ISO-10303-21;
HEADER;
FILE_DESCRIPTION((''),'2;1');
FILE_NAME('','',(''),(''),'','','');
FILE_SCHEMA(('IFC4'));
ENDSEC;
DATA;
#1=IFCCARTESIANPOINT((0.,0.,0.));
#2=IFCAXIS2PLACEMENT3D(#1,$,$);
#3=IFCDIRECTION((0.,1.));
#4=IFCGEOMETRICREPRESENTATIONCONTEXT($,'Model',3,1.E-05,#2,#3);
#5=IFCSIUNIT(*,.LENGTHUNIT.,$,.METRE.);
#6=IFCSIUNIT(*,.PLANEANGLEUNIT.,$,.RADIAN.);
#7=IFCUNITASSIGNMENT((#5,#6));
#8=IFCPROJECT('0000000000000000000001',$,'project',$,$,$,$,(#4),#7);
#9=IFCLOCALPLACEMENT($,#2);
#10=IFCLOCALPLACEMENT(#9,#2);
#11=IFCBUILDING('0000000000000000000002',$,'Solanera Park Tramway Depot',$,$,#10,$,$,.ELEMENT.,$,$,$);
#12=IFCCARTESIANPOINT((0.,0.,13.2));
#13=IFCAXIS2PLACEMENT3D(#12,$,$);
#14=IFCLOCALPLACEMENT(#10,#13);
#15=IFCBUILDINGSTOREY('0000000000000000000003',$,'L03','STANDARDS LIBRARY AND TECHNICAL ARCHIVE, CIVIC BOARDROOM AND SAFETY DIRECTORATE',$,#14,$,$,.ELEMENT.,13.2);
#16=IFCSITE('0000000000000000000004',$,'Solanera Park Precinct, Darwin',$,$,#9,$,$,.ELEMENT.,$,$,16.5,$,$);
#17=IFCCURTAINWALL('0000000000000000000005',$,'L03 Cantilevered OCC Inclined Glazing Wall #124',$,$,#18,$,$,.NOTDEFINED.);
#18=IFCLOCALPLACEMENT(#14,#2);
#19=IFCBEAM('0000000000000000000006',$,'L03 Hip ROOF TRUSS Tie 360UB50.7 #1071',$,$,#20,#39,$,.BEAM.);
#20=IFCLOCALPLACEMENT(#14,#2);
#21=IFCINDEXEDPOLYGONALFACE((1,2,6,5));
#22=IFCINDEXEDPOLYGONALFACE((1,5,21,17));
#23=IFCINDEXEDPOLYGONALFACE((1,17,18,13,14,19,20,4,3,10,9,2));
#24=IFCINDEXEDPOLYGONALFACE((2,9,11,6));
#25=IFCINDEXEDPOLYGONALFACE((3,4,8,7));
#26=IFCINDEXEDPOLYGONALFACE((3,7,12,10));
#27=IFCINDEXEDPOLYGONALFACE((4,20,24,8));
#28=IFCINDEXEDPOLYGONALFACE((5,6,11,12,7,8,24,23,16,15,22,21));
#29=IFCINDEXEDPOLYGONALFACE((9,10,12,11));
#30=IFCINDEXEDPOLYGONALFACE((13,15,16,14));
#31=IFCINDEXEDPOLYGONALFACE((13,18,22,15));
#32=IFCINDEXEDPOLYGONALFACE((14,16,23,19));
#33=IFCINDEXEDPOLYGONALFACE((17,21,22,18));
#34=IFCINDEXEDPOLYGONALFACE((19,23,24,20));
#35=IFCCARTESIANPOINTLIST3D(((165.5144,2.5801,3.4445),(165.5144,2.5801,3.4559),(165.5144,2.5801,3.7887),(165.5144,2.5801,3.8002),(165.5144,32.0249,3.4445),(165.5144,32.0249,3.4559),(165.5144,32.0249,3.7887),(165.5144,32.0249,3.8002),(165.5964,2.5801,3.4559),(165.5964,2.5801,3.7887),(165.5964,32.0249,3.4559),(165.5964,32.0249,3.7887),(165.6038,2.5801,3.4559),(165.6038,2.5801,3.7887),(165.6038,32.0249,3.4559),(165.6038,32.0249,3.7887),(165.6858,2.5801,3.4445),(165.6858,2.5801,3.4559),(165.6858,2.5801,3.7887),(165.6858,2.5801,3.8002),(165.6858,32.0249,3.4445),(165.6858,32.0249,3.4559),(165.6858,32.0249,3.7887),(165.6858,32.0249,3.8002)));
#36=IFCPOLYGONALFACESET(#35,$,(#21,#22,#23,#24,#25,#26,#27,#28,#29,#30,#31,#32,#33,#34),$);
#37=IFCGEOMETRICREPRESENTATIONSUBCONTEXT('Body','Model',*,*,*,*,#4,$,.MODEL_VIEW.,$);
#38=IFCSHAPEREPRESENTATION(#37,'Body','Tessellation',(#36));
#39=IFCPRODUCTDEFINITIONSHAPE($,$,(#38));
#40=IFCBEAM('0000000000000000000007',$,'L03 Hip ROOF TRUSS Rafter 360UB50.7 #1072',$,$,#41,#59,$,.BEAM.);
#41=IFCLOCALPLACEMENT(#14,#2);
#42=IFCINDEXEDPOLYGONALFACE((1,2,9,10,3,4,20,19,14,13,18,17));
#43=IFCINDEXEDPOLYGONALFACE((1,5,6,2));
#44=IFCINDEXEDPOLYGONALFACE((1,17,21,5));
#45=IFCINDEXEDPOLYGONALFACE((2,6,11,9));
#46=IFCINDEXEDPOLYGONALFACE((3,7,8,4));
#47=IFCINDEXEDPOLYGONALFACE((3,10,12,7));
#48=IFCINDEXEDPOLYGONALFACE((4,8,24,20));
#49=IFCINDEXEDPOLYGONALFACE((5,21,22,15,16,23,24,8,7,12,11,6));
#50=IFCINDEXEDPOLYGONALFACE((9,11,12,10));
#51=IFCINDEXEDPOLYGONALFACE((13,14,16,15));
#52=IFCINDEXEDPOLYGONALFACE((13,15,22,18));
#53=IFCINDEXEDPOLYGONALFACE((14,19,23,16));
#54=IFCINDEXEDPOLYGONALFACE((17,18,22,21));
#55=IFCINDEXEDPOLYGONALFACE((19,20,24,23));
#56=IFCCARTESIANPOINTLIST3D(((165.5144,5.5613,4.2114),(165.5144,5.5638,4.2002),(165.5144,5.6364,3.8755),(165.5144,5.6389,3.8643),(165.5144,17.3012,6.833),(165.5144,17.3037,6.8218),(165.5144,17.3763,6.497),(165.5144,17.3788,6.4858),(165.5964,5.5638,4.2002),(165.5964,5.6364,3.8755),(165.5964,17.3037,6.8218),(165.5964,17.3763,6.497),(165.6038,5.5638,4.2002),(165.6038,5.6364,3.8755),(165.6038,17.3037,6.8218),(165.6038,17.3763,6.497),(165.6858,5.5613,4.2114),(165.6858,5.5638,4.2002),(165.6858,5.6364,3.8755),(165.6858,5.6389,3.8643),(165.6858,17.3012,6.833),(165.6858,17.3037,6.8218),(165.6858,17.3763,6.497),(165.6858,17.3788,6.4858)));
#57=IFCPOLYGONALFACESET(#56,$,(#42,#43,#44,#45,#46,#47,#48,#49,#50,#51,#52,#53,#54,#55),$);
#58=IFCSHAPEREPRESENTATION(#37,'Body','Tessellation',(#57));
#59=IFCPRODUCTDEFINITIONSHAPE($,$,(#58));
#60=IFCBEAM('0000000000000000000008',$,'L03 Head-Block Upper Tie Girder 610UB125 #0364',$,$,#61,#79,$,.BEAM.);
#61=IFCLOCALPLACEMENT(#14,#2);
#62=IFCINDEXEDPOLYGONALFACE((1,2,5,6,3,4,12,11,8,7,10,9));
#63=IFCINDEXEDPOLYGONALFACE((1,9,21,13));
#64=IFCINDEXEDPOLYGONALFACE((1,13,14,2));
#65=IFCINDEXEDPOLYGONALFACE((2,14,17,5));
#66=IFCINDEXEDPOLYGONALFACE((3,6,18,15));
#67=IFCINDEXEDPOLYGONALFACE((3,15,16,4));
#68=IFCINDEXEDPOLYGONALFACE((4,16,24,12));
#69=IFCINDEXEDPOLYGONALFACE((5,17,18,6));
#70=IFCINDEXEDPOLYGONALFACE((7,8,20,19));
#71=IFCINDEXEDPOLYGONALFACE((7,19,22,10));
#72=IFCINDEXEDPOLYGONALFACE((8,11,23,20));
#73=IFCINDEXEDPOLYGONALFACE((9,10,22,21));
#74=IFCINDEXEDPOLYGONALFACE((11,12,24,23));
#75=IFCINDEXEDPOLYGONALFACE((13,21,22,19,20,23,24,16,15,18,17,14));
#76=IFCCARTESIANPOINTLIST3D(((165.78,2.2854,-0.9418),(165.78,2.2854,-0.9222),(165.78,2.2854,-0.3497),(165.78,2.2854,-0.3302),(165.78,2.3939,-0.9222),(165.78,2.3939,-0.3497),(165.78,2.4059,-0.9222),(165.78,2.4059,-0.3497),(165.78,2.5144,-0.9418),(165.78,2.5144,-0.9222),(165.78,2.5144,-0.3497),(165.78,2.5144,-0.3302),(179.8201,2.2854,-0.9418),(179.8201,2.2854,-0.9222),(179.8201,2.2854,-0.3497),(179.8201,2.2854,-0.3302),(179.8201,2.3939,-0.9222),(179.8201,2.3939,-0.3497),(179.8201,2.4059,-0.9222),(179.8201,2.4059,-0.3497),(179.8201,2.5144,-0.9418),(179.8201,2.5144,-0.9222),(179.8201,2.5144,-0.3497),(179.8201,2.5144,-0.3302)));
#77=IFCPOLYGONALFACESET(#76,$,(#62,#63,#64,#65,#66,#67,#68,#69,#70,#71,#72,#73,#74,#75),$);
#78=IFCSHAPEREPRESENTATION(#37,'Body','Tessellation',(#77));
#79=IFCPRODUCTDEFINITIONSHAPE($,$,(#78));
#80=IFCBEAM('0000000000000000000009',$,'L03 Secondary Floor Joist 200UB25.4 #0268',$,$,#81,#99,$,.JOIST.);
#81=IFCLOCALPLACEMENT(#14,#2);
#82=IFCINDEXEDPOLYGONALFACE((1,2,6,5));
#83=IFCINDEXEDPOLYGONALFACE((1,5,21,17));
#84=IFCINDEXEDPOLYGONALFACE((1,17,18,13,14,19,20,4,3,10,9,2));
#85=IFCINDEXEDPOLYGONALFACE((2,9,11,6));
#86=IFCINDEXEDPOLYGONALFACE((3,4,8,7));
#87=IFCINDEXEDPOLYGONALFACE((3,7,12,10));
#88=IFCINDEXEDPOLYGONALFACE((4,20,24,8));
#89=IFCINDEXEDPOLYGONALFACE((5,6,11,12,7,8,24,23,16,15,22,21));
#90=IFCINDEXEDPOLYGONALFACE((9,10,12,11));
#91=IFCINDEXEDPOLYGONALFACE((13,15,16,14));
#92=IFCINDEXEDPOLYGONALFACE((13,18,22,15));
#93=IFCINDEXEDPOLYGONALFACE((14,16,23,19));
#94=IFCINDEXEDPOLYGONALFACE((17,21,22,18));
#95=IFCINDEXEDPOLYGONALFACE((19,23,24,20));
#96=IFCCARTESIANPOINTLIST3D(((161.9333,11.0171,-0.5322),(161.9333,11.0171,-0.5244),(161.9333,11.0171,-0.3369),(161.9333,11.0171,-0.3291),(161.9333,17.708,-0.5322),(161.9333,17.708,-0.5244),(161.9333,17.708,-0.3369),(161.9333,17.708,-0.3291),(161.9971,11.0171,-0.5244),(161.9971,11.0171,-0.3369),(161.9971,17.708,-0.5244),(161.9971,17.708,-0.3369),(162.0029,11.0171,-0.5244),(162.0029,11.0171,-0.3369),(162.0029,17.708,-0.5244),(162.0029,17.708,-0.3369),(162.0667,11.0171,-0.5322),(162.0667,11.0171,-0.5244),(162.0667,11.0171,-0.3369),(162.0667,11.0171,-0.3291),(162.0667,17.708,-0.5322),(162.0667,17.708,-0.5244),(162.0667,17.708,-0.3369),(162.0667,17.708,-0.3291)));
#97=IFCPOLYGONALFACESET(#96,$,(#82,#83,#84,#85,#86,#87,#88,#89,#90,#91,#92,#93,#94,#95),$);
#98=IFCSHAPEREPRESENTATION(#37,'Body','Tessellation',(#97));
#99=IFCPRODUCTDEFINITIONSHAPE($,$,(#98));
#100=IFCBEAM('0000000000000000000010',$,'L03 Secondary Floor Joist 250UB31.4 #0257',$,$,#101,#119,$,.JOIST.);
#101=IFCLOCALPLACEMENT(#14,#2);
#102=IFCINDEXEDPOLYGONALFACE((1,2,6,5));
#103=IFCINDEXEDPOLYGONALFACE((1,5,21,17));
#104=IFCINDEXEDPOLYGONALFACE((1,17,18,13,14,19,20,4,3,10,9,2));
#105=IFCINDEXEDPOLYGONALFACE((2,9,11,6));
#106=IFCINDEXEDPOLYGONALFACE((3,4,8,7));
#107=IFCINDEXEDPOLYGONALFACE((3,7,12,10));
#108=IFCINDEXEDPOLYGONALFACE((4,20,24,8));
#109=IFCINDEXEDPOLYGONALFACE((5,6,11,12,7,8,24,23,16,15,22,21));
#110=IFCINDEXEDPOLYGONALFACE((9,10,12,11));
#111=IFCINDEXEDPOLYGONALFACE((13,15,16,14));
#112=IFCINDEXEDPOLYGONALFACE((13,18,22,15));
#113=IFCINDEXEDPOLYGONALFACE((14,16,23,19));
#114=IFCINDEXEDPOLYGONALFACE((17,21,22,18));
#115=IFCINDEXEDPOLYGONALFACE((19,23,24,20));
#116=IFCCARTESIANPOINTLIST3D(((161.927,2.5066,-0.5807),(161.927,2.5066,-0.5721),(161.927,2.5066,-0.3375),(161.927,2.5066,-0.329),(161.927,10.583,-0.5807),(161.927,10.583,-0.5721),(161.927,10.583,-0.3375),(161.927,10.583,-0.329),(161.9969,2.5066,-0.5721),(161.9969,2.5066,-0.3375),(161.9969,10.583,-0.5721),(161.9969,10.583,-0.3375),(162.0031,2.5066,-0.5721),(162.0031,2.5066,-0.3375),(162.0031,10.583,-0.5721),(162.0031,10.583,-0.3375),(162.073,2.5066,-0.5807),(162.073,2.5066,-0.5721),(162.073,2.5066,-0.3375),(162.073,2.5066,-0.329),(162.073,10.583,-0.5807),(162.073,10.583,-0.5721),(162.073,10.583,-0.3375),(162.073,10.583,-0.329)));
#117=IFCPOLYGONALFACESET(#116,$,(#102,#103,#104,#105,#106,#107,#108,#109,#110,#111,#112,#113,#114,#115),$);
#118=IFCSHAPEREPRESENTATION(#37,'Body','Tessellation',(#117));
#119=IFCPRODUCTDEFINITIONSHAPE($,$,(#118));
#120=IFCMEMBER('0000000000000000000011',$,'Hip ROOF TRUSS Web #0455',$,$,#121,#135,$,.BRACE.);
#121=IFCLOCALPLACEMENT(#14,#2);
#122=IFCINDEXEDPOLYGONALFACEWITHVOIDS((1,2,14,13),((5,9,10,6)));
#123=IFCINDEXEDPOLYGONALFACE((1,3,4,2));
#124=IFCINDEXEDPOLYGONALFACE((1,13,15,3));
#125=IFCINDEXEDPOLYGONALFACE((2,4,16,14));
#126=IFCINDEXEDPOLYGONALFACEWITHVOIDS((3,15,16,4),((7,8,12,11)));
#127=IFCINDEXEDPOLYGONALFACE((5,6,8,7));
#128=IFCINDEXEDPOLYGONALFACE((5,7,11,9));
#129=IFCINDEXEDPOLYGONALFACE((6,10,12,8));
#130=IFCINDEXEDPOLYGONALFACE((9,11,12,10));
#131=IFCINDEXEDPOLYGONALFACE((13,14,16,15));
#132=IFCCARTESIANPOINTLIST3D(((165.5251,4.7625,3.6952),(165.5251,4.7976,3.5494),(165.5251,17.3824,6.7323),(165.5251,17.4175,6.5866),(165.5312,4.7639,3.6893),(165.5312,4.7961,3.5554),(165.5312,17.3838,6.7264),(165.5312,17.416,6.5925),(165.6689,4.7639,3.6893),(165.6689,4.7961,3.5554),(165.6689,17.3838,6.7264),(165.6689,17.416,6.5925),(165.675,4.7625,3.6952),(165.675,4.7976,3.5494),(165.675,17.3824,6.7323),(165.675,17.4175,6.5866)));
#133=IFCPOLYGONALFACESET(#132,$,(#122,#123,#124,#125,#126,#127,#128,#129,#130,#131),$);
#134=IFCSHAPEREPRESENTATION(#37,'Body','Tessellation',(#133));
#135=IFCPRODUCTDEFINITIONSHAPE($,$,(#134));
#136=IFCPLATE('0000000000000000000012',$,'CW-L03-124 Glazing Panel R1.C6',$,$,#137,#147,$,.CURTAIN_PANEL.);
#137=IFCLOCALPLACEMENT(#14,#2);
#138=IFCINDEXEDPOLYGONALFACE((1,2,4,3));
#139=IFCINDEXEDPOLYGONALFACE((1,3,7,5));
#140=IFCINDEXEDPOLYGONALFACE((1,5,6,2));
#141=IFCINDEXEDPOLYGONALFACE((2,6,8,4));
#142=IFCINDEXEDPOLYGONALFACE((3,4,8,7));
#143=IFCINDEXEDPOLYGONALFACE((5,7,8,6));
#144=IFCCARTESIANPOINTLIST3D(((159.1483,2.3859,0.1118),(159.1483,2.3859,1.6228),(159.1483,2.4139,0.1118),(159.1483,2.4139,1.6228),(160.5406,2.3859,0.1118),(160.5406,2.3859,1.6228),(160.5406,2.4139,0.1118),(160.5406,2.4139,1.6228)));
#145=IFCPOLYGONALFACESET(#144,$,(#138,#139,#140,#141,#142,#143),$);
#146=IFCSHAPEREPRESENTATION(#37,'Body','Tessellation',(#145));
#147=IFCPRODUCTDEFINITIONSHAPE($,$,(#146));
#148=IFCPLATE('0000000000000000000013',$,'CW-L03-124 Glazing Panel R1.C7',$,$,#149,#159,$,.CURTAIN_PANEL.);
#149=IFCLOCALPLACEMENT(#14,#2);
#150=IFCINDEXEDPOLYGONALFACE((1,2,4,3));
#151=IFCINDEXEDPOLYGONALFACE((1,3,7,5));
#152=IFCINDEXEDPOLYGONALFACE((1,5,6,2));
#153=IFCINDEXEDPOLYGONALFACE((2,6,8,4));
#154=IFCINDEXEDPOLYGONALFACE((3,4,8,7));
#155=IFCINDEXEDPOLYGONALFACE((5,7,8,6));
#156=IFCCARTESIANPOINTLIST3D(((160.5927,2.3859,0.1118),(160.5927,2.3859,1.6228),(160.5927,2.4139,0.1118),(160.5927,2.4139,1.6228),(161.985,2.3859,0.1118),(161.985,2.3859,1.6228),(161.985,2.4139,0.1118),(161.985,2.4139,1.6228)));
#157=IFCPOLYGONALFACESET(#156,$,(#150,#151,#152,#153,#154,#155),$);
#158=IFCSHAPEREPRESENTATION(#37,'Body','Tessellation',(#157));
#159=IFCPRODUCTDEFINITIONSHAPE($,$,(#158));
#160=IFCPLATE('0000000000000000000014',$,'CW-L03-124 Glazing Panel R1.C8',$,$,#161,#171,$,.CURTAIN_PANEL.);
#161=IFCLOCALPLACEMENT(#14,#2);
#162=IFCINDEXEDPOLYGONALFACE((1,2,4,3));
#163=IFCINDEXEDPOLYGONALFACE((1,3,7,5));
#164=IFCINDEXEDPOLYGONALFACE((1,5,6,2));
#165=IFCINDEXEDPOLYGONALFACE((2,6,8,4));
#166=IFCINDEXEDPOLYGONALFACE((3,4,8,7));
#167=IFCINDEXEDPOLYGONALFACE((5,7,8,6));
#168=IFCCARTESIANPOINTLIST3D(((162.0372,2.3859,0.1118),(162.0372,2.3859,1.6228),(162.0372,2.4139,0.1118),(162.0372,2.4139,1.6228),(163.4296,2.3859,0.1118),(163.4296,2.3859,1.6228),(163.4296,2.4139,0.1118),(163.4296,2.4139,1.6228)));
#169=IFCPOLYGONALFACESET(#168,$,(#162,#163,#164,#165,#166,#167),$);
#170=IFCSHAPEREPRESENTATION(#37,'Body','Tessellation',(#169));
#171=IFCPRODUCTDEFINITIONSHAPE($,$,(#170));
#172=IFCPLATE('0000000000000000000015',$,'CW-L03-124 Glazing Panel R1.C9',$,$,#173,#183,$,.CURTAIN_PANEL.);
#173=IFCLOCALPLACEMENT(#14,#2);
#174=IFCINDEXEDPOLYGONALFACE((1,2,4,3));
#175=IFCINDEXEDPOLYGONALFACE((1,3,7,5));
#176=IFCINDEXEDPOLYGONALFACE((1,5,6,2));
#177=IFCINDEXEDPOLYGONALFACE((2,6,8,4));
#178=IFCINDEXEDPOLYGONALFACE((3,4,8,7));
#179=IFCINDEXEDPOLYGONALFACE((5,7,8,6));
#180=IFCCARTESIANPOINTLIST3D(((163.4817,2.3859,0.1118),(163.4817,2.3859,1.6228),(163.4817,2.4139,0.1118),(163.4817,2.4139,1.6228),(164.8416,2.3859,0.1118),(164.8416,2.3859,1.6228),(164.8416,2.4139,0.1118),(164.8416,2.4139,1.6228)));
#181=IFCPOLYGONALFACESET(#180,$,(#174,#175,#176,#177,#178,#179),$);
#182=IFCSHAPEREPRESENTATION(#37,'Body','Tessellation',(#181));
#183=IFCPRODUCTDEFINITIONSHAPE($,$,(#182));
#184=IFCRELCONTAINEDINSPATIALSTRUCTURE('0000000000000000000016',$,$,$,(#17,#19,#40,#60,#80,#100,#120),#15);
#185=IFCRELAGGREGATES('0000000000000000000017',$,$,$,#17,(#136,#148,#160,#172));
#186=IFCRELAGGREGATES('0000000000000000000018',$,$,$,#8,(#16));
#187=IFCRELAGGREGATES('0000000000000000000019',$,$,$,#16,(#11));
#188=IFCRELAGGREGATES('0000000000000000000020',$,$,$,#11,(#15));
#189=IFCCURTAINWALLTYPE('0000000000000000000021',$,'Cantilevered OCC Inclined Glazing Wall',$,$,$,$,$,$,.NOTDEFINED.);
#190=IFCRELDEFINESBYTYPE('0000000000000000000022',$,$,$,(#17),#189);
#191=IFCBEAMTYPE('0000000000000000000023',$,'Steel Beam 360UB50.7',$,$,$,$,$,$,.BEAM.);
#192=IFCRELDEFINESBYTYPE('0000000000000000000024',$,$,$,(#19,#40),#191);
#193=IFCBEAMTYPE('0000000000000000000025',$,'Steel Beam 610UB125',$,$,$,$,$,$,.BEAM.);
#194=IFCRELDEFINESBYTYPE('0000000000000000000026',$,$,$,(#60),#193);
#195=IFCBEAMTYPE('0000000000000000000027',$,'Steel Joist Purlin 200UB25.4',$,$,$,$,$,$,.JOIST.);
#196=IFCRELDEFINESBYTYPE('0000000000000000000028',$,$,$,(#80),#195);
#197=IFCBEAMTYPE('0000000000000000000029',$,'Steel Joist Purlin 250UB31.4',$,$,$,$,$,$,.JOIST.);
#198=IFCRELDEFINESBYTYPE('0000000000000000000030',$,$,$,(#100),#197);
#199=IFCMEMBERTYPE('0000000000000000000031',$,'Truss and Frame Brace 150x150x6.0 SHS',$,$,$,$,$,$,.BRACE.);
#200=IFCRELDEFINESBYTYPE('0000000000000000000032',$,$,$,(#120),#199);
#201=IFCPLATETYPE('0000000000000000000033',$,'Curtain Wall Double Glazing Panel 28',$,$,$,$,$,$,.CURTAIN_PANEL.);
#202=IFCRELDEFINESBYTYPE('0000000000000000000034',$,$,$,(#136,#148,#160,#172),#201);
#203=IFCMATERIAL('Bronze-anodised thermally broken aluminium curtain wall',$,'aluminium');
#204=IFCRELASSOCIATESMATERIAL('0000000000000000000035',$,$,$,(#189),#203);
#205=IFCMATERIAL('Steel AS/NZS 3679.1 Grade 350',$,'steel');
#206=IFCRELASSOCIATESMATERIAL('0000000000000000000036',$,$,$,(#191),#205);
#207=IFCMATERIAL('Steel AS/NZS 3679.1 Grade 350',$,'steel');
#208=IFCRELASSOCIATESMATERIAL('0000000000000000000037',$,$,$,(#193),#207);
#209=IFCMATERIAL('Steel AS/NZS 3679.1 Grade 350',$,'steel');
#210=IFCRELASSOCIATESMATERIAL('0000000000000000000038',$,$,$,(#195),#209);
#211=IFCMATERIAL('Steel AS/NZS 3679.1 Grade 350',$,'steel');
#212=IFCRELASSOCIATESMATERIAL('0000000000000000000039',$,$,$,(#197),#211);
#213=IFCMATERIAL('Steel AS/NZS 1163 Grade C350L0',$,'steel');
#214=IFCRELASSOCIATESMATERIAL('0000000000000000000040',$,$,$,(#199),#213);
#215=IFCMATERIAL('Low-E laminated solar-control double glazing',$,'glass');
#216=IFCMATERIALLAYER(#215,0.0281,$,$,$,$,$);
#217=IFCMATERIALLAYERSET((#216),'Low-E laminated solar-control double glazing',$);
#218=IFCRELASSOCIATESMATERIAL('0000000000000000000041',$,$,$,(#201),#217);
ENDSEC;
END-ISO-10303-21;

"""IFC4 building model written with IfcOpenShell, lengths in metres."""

from ifc_helpers import new_model, si_unit, direction, frame, origin, origin_2d, place, context, subcontext, project, spatial, rectangle, hollow_rectangle, i_section, extrude, material, layer, layer_set, material_profile, profile_set, type_object, element, aggregate, save


model = new_model("IFC4")

# Units and contexts
model_context = context("Model", 3, precision=1e-05, world=origin(), true_north=direction((0.0, 1.0)))
body_context = subcontext(model_context, "Body", "Model", "MODEL_VIEW")
ifc_project = project(units=[si_unit("LENGTHUNIT", "METRE"), si_unit("PLANEANGLEUNIT", "RADIAN")], contexts=[model_context])

# Site, building, storey
site_placement = place(None, origin())
site = spatial("IfcSite", under=ifc_project, at=site_placement, Name="Solanera Park Precinct, Darwin", CompositionType="ELEMENT", RefElevation=16.5)
building_placement = place(site_placement, origin())
building = spatial("IfcBuilding", under=site, at=building_placement, Name="Solanera Park Tramway Depot", CompositionType="ELEMENT")
storey_placement = place(building_placement, frame((0.0, 0.0, 13.2)))
storey = spatial("IfcBuildingStorey", under=building, at=storey_placement, Name="L03", Description="STANDARDS LIBRARY AND TECHNICAL ARCHIVE, CIVIC BOARDROOM AND SAFETY DIRECTORATE", CompositionType="ELEMENT", Elevation=13.2)

# Curtain wall
ifc_material_1 = material(Name="Bronze-anodised thermally broken aluminium curtain wall", Category="aluminium")
curtain_wall_type = type_object("IfcCurtainWallType", Name="Cantilevered OCC Inclined Glazing Wall", PredefinedType="NOTDEFINED", material=ifc_material_1)
curtain_wall_1_placement = place(storey_placement, origin())
curtain_wall_1 = element("IfcCurtainWall", 1, at=curtain_wall_1_placement, inside=storey, type_object=curtain_wall_type, Name="L03 Cantilevered OCC Inclined Glazing Wall #124", PredefinedType="NOTDEFINED")

# Beams
ifc_material_2 = material(Name="Steel AS/NZS 3679.1 Grade 350", Category="steel")
ifc_material_profile_1 = material_profile(ifc_material_2, i_section(OverallWidth=0.1714, OverallDepth=0.3557, WebThickness=0.0073, FlangeThickness=0.0115, at=origin_2d()), Name="360UB50.7")
ifc_profile_set_1 = profile_set([ifc_material_profile_1], Name="Steel AS/NZS 3679.1 Grade 350")
beam_type_1 = type_object("IfcBeamType", Name="Steel Beam 360UB50.7", PredefinedType="BEAM", material=ifc_profile_set_1)
beam_1_placement = place(storey_placement, frame((165.6001, 2.5801, 3.6223), z_axis=(0.0, 1.0, 0.0), x_axis=(-1.0, 0.0, 0.0)))
element("IfcBeam", 2, at=beam_1_placement, inside=storey, type_object=beam_type_1, Name="L03 Hip ROOF TRUSS Tie 360UB50.7 #1071", PredefinedType="BEAM", context=body_context, shape_type="SweptSolid", body=[
    extrude(i_section(OverallWidth=0.1714, OverallDepth=0.3557, WebThickness=0.0073, FlangeThickness=0.0115, at=origin_2d()), origin(), (0.0, 0.0, 1.0), 29.4448),
])
beam_2_placement = place(storey_placement, frame((165.6001, 5.6001, 4.0378), z_axis=(0.0, 0.975963, 0.217936), x_axis=(-1.0, 0.0, 0.0)))
element("IfcBeam", 3, at=beam_2_placement, inside=storey, type_object=beam_type_1, Name="L03 Hip ROOF TRUSS Rafter 360UB50.7 #1072", PredefinedType="BEAM", context=body_context, shape_type="SweptSolid", body=[
    extrude(i_section(OverallWidth=0.1714, OverallDepth=0.3557, WebThickness=0.0073, FlangeThickness=0.0115, at=origin_2d()), origin(), (0.0, 0.0, 1.0), 12.0291),
])
ifc_material_3 = material(Name="Steel AS/NZS 3679.1 Grade 350", Category="steel")
ifc_material_profile_2 = material_profile(ifc_material_3, i_section(OverallWidth=0.229, OverallDepth=0.6116, WebThickness=0.012, FlangeThickness=0.0195, at=origin_2d()), Name="610UB125")
ifc_profile_set_2 = profile_set([ifc_material_profile_2], Name="Steel AS/NZS 3679.1 Grade 350")
beam_type_2 = type_object("IfcBeamType", Name="Steel Beam 610UB125", PredefinedType="BEAM", material=ifc_profile_set_2)
beam_3_placement = place(storey_placement, frame((165.78, 2.3999, -0.636), z_axis=(1.0, 0.0, 0.0), x_axis=(0.0, 1.0, 0.0)))
element("IfcBeam", 4, at=beam_3_placement, inside=storey, type_object=beam_type_2, Name="L03 Head-Block Upper Tie Girder 610UB125 #0364", PredefinedType="BEAM", context=body_context, shape_type="SweptSolid", body=[
    extrude(i_section(OverallWidth=0.229, OverallDepth=0.6116, WebThickness=0.012, FlangeThickness=0.0195, at=origin_2d()), origin(), (0.0, 0.0, 1.0), 14.04),
])
ifc_material_4 = material(Name="Steel AS/NZS 3679.1 Grade 350", Category="steel")
ifc_material_profile_3 = material_profile(ifc_material_4, i_section(OverallWidth=0.1333, OverallDepth=0.2031, WebThickness=0.0059, FlangeThickness=0.0078, at=origin_2d()), Name="200UB25.4")
ifc_profile_set_3 = profile_set([ifc_material_profile_3], Name="Steel AS/NZS 3679.1 Grade 350")
beam_type_3 = type_object("IfcBeamType", Name="Steel Joist Purlin 200UB25.4", PredefinedType="JOIST", material=ifc_profile_set_3)
beam_4_placement = place(storey_placement, frame((162.0, 11.0171, -0.4307), z_axis=(0.0, 1.0, 0.0), x_axis=(-1.0, 0.0, 0.0)))
element("IfcBeam", 5, at=beam_4_placement, inside=storey, type_object=beam_type_3, Name="L03 Secondary Floor Joist 200UB25.4 #0268", PredefinedType="JOIST", context=body_context, shape_type="SweptSolid", body=[
    extrude(i_section(OverallWidth=0.1333, OverallDepth=0.2031, WebThickness=0.0059, FlangeThickness=0.0078, at=origin_2d()), origin(), (0.0, 0.0, 1.0), 6.6909),
])
ifc_material_5 = material(Name="Steel AS/NZS 3679.1 Grade 350", Category="steel")
ifc_material_profile_4 = material_profile(ifc_material_5, i_section(OverallWidth=0.146, OverallDepth=0.2517, WebThickness=0.0061, FlangeThickness=0.0085, at=origin_2d()), Name="250UB31.4")
ifc_profile_set_4 = profile_set([ifc_material_profile_4], Name="Steel AS/NZS 3679.1 Grade 350")
beam_type_4 = type_object("IfcBeamType", Name="Steel Joist Purlin 250UB31.4", PredefinedType="JOIST", material=ifc_profile_set_4)
beam_5_placement = place(storey_placement, frame((162.0, 2.5066, -0.4548), z_axis=(0.0, 1.0, 0.0), x_axis=(-1.0, 0.0, 0.0)))
element("IfcBeam", 6, at=beam_5_placement, inside=storey, type_object=beam_type_4, Name="L03 Secondary Floor Joist 250UB31.4 #0257", PredefinedType="JOIST", context=body_context, shape_type="SweptSolid", body=[
    extrude(i_section(OverallWidth=0.146, OverallDepth=0.2517, WebThickness=0.0061, FlangeThickness=0.0085, at=origin_2d()), origin(), (0.0, 0.0, 1.0), 8.0764),
])

# Member
ifc_material_6 = material(Name="Steel AS/NZS 1163 Grade C350L0", Category="steel")
ifc_material_profile_5 = material_profile(ifc_material_6, hollow_rectangle(XDim=0.1499, YDim=0.1499, WallThickness=0.0061, at=origin_2d()), Name="150x150x6.0 SHS")
ifc_profile_set_5 = profile_set([ifc_material_profile_5], Name="Steel AS/NZS 1163 Grade C350L0")
member_type_1 = type_object("IfcMemberType", Name="Truss and Frame Brace 150x150x6.0 SHS", PredefinedType="BRACE", material=ifc_profile_set_5)
member_1_placement = place(storey_placement, frame((165.6001, 4.78, 3.6223), z_axis=(0.0, 0.972241, 0.23398), x_axis=(-1.0, 0.0, 0.0)))
element("IfcMember", 7, at=member_1_placement, inside=storey, type_object=member_type_1, Name="Hip ROOF TRUSS Web #0455", PredefinedType="BRACE", context=body_context, shape_type="SweptSolid", body=[
    extrude(hollow_rectangle(XDim=0.1499, YDim=0.1499, WallThickness=0.0061, at=origin_2d()), origin(), (0.0, 0.0, 1.0), 12.9802),
])

# Plates
ifc_material_7 = material(Name="Low-E laminated solar-control double glazing", Category="glass")
ifc_layer_1 = layer(ifc_material_7, 0.0281)
ifc_layer_set_1 = layer_set([ifc_layer_1], Name="Low-E laminated solar-control double glazing")
plate_type_1 = type_object("IfcPlateType", Name="Curtain Wall Double Glazing Panel 28", PredefinedType="CURTAIN_PANEL", material=ifc_layer_set_1)
plate_1_placement = place(storey_placement, frame((159.8445, 2.3999, 0.1118), z_axis=(0.0, 0.0, 1.0), x_axis=(1.0, 0.0, 0.0)))
plate_1 = element("IfcPlate", 8, at=plate_1_placement, type_object=plate_type_1, Name="CW-L03-124 Glazing Panel R1.C6", PredefinedType="CURTAIN_PANEL", context=body_context, shape_type="SweptSolid", body=[
    extrude(rectangle(XDim=1.3923, YDim=0.0281, at=origin_2d()), origin(), (0.0, 0.0, 1.0), 1.511),
])
plate_2_placement = place(storey_placement, frame((161.2888, 2.3999, 0.1118), z_axis=(0.0, 0.0, 1.0), x_axis=(1.0, 0.0, 0.0)))
plate_2 = element("IfcPlate", 9, at=plate_2_placement, type_object=plate_type_1, Name="CW-L03-124 Glazing Panel R1.C7", PredefinedType="CURTAIN_PANEL", context=body_context, shape_type="SweptSolid", body=[
    extrude(rectangle(XDim=1.3923, YDim=0.0281, at=origin_2d()), origin(), (0.0, 0.0, 1.0), 1.511),
])
plate_3_placement = place(storey_placement, frame((162.7334, 2.3999, 0.1118), z_axis=(0.0, 0.0, 1.0), x_axis=(1.0, 0.0, 0.0)))
plate_3 = element("IfcPlate", 10, at=plate_3_placement, type_object=plate_type_1, Name="CW-L03-124 Glazing Panel R1.C8", PredefinedType="CURTAIN_PANEL", context=body_context, shape_type="SweptSolid", body=[
    extrude(rectangle(XDim=1.3923, YDim=0.0281, at=origin_2d()), origin(), (0.0, 0.0, 1.0), 1.511),
])
plate_4_placement = place(storey_placement, frame((164.1616, 2.3999, 0.1118), z_axis=(0.0, 0.0, 1.0), x_axis=(1.0, 0.0, 0.0)))
plate_4 = element("IfcPlate", 11, at=plate_4_placement, type_object=plate_type_1, Name="CW-L03-124 Glazing Panel R1.C9", PredefinedType="CURTAIN_PANEL", context=body_context, shape_type="SweptSolid", body=[
    extrude(rectangle(XDim=1.3599, YDim=0.0281, at=origin_2d()), origin(), (0.0, 0.0, 1.0), 1.511),
])
aggregate(curtain_wall_1, [plate_1, plate_2, plate_3, plate_4])

save(model, "model.ifc")
